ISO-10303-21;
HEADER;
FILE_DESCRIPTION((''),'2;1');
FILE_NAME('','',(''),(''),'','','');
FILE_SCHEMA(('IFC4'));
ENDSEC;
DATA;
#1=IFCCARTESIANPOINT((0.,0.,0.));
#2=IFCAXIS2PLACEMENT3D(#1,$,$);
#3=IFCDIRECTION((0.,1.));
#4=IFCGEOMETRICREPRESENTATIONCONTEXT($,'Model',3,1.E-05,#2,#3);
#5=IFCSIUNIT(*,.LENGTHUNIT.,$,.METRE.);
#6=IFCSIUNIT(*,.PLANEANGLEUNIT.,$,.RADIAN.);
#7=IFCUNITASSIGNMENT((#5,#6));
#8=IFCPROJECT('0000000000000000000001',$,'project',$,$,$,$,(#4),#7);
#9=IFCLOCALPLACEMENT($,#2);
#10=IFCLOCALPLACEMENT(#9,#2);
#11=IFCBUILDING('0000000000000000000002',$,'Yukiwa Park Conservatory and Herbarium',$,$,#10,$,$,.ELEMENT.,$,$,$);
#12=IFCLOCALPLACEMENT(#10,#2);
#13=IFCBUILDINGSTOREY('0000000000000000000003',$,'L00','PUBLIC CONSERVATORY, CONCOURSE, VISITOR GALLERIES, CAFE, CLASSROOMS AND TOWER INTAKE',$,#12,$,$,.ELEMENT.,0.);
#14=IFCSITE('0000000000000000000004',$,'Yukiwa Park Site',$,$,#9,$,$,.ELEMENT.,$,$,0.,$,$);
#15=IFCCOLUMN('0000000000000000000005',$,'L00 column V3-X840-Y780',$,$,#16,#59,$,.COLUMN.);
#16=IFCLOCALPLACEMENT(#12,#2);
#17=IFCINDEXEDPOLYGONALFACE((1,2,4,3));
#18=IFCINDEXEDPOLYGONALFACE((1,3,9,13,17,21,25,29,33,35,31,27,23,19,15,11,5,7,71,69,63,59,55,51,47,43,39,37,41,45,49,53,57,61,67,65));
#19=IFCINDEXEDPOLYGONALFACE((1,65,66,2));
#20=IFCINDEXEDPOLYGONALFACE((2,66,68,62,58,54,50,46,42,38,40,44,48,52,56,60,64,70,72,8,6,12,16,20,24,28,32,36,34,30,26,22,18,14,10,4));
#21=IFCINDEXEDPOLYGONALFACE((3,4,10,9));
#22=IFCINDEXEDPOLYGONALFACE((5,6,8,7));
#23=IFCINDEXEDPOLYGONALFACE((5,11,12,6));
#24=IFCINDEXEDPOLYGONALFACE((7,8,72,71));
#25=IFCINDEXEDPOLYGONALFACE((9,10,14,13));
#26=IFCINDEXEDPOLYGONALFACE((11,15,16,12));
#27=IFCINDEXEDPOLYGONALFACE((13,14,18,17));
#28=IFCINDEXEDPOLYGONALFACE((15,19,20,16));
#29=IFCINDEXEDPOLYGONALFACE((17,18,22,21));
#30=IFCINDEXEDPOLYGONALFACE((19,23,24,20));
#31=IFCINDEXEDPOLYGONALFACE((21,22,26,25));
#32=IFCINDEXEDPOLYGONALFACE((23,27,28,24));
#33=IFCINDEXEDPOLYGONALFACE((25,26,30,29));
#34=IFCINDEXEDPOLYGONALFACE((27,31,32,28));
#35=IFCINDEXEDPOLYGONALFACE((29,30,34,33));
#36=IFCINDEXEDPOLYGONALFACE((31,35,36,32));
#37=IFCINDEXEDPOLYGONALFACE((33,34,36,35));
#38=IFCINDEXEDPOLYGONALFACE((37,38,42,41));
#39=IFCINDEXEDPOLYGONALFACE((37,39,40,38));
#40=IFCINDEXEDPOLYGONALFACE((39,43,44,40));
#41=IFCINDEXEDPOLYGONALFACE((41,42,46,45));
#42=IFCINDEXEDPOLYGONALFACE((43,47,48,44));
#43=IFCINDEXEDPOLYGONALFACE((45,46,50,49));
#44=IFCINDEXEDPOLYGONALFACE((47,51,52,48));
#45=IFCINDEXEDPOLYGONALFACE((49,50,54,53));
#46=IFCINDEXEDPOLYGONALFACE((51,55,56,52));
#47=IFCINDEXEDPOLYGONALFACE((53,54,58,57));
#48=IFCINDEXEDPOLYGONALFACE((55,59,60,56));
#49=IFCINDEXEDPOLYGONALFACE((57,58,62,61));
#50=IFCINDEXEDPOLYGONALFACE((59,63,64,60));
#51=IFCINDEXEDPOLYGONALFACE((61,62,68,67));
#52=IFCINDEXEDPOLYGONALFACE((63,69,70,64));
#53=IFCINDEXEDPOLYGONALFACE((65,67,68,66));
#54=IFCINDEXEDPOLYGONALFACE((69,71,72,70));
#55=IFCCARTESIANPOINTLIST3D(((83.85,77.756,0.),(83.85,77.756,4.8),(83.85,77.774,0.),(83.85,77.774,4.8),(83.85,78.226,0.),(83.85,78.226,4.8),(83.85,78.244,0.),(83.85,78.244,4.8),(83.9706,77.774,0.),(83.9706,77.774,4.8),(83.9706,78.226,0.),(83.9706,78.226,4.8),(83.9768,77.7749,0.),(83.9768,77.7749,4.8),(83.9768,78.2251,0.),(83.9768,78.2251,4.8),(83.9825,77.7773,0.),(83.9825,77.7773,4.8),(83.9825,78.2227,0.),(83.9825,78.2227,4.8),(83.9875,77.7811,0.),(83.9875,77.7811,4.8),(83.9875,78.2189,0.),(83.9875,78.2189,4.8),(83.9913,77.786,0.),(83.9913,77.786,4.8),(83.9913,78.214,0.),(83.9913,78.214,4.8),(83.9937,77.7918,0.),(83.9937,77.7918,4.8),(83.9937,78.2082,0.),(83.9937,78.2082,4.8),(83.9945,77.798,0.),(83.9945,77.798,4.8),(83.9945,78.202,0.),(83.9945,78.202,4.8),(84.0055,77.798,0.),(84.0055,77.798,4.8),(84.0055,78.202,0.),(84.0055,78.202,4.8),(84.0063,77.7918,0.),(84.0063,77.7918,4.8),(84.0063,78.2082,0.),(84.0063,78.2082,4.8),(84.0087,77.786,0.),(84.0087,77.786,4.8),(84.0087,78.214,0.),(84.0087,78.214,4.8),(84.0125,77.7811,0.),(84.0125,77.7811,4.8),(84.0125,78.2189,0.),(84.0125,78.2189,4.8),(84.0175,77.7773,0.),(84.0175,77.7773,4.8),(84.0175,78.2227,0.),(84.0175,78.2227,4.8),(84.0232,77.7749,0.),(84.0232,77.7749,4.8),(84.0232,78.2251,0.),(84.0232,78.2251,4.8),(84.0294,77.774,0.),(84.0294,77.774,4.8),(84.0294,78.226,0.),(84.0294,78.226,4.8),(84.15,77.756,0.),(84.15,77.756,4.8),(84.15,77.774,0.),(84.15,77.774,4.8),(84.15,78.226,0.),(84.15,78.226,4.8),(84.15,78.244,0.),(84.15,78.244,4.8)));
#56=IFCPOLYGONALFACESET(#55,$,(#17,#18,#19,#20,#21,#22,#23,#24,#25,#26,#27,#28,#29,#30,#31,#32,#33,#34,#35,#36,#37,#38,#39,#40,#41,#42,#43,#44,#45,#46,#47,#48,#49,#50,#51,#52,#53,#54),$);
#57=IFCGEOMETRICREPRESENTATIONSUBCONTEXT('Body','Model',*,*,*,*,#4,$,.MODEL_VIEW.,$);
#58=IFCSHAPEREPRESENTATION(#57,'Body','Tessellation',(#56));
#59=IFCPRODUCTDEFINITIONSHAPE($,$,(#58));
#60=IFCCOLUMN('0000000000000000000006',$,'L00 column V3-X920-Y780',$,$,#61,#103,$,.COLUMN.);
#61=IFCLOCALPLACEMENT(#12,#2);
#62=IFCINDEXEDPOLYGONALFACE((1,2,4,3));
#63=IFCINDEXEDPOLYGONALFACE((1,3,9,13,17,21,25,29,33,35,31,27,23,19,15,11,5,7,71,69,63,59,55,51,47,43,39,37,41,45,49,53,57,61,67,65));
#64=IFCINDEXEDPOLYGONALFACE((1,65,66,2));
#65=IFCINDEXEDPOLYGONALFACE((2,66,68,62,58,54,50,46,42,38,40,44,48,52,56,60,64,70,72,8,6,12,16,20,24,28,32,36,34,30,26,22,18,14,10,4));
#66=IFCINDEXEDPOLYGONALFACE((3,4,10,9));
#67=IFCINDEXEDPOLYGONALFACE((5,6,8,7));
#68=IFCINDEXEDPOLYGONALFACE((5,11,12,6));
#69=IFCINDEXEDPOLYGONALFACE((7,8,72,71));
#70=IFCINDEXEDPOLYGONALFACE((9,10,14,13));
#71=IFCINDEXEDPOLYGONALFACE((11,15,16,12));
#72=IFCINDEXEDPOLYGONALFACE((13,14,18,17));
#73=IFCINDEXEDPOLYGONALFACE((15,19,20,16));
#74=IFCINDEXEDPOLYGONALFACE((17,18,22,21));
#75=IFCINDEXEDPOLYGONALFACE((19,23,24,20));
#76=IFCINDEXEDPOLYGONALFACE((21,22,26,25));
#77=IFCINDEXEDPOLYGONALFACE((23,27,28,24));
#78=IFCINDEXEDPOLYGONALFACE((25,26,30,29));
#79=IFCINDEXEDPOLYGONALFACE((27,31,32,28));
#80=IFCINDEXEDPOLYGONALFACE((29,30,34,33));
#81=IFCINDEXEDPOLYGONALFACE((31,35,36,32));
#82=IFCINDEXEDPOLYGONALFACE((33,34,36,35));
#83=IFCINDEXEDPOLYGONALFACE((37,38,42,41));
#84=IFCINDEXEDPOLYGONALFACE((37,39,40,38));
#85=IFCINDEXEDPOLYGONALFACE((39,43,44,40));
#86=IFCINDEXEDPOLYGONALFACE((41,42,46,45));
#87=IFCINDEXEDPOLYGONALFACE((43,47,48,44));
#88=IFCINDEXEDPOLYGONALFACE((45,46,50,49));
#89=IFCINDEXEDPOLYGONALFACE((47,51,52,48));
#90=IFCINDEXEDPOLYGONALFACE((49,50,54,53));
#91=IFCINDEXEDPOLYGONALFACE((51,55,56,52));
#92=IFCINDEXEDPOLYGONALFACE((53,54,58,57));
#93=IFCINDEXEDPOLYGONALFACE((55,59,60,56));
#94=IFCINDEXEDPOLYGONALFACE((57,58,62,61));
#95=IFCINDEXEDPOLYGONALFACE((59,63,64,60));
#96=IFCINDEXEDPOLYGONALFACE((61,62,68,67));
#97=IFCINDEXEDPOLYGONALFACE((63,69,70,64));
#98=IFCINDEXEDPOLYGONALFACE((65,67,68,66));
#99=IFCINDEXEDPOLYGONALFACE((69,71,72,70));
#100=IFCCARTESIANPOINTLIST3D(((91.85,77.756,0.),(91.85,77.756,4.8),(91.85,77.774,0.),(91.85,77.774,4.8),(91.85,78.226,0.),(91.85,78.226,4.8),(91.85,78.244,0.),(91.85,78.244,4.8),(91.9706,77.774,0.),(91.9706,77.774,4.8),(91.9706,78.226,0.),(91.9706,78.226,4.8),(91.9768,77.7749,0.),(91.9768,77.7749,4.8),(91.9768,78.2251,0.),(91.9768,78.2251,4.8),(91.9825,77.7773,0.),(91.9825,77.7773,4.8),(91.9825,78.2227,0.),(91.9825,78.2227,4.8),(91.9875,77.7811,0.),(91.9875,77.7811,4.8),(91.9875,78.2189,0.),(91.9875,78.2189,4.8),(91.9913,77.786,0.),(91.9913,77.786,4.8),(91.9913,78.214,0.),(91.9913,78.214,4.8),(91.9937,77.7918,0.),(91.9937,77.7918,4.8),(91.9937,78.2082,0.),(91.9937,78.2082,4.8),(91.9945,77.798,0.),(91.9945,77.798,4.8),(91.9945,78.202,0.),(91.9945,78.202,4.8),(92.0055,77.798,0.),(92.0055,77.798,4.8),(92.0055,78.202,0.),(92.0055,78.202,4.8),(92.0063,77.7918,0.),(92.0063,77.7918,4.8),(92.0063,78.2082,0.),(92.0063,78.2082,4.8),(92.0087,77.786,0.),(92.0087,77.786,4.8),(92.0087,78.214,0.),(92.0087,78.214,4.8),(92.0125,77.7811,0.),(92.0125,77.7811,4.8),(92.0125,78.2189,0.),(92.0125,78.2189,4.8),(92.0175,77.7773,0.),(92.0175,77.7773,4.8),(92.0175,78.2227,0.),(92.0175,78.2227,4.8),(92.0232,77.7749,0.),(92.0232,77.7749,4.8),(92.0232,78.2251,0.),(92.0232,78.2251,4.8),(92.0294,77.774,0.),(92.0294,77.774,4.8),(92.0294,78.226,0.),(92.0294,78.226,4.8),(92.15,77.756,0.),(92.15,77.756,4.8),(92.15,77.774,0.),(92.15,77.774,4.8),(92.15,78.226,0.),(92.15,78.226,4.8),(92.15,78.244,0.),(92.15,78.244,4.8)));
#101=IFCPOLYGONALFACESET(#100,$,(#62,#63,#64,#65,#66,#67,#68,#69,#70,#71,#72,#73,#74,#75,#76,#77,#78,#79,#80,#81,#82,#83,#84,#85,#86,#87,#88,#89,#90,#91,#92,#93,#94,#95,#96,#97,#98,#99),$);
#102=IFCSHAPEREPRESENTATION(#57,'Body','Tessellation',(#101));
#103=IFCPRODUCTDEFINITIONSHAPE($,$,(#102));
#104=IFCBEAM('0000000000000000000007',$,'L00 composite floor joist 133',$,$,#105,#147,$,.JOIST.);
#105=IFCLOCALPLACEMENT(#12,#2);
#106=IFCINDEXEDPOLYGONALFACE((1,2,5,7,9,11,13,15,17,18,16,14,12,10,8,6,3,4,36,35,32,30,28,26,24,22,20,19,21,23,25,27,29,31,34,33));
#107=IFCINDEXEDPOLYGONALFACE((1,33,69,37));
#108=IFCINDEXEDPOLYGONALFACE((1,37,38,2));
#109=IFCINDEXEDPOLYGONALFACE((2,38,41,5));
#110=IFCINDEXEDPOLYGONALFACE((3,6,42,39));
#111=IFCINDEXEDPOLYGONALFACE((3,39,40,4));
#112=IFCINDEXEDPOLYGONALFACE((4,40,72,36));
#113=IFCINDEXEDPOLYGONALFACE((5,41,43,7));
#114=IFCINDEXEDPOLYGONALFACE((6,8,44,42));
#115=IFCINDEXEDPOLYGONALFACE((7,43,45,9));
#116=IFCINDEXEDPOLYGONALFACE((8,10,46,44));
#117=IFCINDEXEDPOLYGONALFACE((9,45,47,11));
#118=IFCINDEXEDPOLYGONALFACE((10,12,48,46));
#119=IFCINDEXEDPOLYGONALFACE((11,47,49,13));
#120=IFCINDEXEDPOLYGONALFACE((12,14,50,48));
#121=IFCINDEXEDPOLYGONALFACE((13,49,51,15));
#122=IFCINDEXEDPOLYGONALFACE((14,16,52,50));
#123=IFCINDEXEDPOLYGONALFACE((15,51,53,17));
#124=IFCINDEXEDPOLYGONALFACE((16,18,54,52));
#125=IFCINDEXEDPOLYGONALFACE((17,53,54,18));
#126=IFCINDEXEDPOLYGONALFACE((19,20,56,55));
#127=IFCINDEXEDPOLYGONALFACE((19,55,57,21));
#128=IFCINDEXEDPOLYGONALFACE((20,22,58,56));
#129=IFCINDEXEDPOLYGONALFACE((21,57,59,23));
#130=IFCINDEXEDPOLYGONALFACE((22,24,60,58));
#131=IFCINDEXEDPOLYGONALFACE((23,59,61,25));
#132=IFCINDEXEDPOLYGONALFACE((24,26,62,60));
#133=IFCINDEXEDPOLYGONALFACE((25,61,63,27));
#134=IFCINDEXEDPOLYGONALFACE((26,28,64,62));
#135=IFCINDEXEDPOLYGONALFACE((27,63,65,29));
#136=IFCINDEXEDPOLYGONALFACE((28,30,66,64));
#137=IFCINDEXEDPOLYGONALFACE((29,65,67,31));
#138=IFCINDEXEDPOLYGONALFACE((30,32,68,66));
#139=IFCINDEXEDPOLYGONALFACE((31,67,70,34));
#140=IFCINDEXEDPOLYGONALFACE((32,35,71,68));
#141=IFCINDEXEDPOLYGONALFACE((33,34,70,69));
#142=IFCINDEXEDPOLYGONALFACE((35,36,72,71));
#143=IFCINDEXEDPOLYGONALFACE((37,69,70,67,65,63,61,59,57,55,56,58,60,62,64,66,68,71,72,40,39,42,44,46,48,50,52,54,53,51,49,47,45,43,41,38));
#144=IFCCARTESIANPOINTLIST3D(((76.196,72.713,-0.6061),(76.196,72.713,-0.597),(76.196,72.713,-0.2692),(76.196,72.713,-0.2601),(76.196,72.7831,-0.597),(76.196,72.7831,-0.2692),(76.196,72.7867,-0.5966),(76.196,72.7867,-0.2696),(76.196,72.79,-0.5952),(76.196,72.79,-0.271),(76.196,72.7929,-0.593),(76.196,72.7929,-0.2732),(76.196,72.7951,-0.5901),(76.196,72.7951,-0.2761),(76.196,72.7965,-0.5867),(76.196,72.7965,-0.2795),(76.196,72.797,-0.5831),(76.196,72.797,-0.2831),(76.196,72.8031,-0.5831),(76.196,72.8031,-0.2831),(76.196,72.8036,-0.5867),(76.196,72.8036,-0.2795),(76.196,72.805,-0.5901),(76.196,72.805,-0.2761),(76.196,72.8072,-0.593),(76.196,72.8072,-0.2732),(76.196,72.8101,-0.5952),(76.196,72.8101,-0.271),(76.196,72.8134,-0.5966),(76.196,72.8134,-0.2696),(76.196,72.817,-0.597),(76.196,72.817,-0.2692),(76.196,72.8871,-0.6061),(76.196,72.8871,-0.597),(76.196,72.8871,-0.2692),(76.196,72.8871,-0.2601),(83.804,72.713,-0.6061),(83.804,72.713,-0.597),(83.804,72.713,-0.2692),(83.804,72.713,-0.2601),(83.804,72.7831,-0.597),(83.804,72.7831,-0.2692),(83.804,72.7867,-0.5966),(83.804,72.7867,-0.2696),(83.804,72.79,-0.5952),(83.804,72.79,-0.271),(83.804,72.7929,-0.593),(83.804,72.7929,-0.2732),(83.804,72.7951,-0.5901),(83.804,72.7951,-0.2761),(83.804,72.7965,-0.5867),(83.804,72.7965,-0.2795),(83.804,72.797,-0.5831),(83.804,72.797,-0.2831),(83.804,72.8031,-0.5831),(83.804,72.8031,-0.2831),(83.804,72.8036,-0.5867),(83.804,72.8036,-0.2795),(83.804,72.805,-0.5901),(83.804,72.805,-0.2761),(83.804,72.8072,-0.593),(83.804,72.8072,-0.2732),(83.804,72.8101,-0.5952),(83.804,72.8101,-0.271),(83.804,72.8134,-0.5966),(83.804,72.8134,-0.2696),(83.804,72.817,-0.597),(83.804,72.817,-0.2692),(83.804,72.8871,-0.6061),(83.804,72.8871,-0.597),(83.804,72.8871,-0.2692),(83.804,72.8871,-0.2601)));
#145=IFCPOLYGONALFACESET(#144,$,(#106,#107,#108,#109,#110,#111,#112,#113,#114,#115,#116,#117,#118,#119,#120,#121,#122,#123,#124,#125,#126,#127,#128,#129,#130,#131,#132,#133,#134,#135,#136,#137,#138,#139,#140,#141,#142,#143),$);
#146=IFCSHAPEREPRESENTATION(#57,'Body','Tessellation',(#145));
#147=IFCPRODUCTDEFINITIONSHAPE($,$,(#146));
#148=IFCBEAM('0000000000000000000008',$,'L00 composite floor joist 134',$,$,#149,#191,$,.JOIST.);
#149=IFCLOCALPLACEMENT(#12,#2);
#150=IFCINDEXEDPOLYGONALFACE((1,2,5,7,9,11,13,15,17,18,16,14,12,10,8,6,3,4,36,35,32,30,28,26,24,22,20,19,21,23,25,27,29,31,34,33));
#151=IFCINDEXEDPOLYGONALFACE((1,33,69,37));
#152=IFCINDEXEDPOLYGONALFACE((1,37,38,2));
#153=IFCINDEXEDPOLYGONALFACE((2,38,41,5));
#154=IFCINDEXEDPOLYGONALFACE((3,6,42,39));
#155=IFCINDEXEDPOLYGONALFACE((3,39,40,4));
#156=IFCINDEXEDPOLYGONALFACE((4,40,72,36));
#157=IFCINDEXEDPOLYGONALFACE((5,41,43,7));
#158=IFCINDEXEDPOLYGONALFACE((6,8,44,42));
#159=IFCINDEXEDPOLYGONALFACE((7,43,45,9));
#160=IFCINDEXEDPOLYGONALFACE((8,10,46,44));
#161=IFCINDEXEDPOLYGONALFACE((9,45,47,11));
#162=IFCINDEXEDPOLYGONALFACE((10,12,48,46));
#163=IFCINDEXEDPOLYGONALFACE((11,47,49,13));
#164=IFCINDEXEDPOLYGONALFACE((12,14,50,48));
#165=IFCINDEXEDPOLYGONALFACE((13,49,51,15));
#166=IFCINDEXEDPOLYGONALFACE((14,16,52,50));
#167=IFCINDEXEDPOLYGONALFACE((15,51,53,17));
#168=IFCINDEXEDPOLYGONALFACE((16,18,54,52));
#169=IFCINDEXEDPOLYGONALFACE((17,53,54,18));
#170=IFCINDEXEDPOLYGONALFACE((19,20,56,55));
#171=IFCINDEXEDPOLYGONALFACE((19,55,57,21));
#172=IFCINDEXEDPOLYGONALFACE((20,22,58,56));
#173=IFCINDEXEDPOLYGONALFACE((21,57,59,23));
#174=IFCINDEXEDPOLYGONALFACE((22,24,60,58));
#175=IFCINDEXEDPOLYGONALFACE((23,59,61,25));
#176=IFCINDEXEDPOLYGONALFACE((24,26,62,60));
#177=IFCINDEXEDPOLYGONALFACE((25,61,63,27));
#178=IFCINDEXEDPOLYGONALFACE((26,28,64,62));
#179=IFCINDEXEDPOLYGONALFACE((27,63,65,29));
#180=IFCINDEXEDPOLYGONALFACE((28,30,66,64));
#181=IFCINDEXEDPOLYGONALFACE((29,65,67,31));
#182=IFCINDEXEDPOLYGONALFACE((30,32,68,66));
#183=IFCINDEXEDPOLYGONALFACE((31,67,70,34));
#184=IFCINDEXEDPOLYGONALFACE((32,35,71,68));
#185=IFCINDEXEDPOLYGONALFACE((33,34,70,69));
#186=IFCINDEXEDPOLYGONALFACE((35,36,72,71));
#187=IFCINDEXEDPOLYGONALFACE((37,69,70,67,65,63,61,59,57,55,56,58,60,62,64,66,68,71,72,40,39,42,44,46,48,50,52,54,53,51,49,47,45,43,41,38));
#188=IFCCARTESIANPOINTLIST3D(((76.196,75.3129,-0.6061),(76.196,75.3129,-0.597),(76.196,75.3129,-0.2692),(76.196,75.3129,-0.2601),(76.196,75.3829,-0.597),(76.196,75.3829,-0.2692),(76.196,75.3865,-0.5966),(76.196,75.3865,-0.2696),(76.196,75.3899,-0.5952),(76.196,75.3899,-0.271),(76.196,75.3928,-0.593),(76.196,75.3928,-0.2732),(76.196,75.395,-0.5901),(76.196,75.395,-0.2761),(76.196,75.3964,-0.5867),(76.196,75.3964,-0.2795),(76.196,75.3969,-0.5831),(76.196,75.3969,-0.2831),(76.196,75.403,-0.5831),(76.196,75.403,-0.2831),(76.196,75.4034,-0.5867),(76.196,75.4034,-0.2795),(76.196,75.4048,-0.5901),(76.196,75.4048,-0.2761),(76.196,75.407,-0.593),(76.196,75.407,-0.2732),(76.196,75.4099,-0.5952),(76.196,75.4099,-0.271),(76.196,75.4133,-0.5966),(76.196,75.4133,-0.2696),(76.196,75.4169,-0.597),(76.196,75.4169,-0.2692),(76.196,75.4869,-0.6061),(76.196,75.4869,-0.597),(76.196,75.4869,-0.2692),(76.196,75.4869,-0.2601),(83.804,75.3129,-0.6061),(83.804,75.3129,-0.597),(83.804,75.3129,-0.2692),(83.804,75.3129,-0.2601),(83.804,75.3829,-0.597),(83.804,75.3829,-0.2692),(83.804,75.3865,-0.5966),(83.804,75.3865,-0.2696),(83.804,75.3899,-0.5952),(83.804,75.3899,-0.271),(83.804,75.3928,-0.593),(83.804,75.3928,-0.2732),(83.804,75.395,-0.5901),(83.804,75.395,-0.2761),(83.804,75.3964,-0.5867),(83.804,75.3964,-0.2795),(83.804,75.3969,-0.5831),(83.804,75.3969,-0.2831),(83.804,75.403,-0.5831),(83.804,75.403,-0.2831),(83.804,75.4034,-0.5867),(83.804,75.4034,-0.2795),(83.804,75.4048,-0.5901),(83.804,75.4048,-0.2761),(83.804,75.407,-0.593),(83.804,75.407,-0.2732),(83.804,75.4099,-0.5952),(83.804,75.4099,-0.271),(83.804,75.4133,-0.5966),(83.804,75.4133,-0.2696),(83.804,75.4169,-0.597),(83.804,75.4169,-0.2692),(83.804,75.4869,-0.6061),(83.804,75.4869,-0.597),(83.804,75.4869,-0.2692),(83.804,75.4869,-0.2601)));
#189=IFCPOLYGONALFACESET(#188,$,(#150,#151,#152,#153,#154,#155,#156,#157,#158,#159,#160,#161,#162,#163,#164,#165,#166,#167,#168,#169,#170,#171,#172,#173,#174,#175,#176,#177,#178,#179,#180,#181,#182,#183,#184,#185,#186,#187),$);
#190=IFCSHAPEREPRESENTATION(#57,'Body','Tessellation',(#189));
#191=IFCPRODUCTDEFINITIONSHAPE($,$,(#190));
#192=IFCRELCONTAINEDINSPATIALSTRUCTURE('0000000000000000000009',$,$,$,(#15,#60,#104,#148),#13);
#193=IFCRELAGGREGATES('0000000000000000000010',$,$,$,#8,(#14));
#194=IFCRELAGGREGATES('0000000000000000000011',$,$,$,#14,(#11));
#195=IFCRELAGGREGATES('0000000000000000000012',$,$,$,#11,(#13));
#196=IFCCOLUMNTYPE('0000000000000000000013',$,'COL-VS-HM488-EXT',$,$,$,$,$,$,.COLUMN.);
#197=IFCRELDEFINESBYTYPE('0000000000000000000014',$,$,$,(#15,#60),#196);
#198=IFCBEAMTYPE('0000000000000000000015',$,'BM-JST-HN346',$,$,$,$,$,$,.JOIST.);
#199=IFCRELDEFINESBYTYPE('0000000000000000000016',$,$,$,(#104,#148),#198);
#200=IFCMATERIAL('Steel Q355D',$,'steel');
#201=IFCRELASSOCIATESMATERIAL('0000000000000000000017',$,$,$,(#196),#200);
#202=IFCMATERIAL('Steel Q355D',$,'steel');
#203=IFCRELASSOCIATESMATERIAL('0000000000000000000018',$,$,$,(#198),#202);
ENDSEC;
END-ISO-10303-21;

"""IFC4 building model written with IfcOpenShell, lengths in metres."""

from ifc_helpers import new_model, si_unit, direction, frame, origin, origin_2d, place, context, subcontext, project, spatial, i_section, extrude, material, material_profile, profile_set, type_object, element, save


model = new_model("IFC4")

# Units and contexts
model_context = context("Model", 3, precision=1e-05, world=origin(), true_north=direction((0.0, 1.0)))
body_context = subcontext(model_context, "Body", "Model", "MODEL_VIEW")
ifc_project = project(units=[si_unit("LENGTHUNIT", "METRE"), si_unit("PLANEANGLEUNIT", "RADIAN")], contexts=[model_context])

# Site, building, storey
site_placement = place(None, origin())
site = spatial("IfcSite", under=ifc_project, at=site_placement, Name="Yukiwa Park Site", CompositionType="ELEMENT", RefElevation=0.0)
building_placement = place(site_placement, origin())
building = spatial("IfcBuilding", under=site, at=building_placement, Name="Yukiwa Park Conservatory and Herbarium", CompositionType="ELEMENT")
storey_placement = place(building_placement, origin())
storey = spatial("IfcBuildingStorey", under=building, at=storey_placement, Name="L00", Description="PUBLIC CONSERVATORY, CONCOURSE, VISITOR GALLERIES, CAFE, CLASSROOMS AND TOWER INTAKE", CompositionType="ELEMENT", Elevation=0.0)

# Columns
ifc_material_1 = material(Name="Steel Q355D", Category="steel")
ifc_material_profile_1 = material_profile(ifc_material_1, i_section(OverallWidth=0.3, OverallDepth=0.488, WebThickness=0.011, FlangeThickness=0.0181, FilletRadius=0.0239, at=origin_2d()), Name="HM 488x300x11x18")
ifc_profile_set_1 = profile_set([ifc_material_profile_1], Name="Steel Q355D")
column_type = type_object("IfcColumnType", Name="COL-VS-HM488-EXT", PredefinedType="COLUMN", material=ifc_profile_set_1)
for number, where, z_axis, x_axis, name in (
    (1, (84.0, 78.0, 0.0), (0.0, 0.0, 1.0), (1.0, 0.0, 0.0), "L00 column V3-X840-Y780"),
    (2, (92.0, 78.0, 0.0), (0.0, 0.0, 1.0), (1.0, 0.0, 0.0), "L00 column V3-X920-Y780"),
):
    element("IfcColumn", number, at=place(storey_placement, frame(where, z_axis=z_axis, x_axis=x_axis)), inside=storey, type_object=column_type, Name=name, PredefinedType="COLUMN", context=body_context, shape_type="SweptSolid", body=[
        extrude(i_section(OverallWidth=0.3, OverallDepth=0.488, WebThickness=0.011, FlangeThickness=0.0181, FilletRadius=0.0239, at=origin_2d()), origin(), (0.0, 0.0, 1.0), 4.8),
    ])

# Beams
ifc_material_2 = material(Name="Steel Q355D", Category="steel")
ifc_material_profile_2 = material_profile(ifc_material_2, i_section(OverallWidth=0.1741, OverallDepth=0.3459, WebThickness=0.0061, FlangeThickness=0.009, FilletRadius=0.0139, at=origin_2d()), Name="HN 346x174x6x9")
ifc_profile_set_2 = profile_set([ifc_material_profile_2], Name="Steel Q355D")
beam_type_1 = type_object("IfcBeamType", Name="BM-JST-HN346", PredefinedType="JOIST", material=ifc_profile_set_2)
for number, where, z_axis, x_axis, name in (
    (3, (76.196, 72.8, -0.4331), (1.0, 0.0, 0.0), (0.0, 1.0, 0.0), "L00 composite floor joist 133"),
    (4, (76.196, 75.3999, -0.4331), (1.0, 0.0, 0.0), (0.0, 1.0, 0.0), "L00 composite floor joist 134"),
):
    element("IfcBeam", number, at=place(storey_placement, frame(where, z_axis=z_axis, x_axis=x_axis)), inside=storey, type_object=beam_type_1, Name=name, PredefinedType="JOIST", context=body_context, shape_type="SweptSolid", body=[
        extrude(i_section(OverallWidth=0.1741, OverallDepth=0.3459, WebThickness=0.0061, FlangeThickness=0.009, FilletRadius=0.0139, at=origin_2d()), origin(), (0.0, 0.0, 1.0), 7.6079),
    ])

save(model, "model.ifc")
